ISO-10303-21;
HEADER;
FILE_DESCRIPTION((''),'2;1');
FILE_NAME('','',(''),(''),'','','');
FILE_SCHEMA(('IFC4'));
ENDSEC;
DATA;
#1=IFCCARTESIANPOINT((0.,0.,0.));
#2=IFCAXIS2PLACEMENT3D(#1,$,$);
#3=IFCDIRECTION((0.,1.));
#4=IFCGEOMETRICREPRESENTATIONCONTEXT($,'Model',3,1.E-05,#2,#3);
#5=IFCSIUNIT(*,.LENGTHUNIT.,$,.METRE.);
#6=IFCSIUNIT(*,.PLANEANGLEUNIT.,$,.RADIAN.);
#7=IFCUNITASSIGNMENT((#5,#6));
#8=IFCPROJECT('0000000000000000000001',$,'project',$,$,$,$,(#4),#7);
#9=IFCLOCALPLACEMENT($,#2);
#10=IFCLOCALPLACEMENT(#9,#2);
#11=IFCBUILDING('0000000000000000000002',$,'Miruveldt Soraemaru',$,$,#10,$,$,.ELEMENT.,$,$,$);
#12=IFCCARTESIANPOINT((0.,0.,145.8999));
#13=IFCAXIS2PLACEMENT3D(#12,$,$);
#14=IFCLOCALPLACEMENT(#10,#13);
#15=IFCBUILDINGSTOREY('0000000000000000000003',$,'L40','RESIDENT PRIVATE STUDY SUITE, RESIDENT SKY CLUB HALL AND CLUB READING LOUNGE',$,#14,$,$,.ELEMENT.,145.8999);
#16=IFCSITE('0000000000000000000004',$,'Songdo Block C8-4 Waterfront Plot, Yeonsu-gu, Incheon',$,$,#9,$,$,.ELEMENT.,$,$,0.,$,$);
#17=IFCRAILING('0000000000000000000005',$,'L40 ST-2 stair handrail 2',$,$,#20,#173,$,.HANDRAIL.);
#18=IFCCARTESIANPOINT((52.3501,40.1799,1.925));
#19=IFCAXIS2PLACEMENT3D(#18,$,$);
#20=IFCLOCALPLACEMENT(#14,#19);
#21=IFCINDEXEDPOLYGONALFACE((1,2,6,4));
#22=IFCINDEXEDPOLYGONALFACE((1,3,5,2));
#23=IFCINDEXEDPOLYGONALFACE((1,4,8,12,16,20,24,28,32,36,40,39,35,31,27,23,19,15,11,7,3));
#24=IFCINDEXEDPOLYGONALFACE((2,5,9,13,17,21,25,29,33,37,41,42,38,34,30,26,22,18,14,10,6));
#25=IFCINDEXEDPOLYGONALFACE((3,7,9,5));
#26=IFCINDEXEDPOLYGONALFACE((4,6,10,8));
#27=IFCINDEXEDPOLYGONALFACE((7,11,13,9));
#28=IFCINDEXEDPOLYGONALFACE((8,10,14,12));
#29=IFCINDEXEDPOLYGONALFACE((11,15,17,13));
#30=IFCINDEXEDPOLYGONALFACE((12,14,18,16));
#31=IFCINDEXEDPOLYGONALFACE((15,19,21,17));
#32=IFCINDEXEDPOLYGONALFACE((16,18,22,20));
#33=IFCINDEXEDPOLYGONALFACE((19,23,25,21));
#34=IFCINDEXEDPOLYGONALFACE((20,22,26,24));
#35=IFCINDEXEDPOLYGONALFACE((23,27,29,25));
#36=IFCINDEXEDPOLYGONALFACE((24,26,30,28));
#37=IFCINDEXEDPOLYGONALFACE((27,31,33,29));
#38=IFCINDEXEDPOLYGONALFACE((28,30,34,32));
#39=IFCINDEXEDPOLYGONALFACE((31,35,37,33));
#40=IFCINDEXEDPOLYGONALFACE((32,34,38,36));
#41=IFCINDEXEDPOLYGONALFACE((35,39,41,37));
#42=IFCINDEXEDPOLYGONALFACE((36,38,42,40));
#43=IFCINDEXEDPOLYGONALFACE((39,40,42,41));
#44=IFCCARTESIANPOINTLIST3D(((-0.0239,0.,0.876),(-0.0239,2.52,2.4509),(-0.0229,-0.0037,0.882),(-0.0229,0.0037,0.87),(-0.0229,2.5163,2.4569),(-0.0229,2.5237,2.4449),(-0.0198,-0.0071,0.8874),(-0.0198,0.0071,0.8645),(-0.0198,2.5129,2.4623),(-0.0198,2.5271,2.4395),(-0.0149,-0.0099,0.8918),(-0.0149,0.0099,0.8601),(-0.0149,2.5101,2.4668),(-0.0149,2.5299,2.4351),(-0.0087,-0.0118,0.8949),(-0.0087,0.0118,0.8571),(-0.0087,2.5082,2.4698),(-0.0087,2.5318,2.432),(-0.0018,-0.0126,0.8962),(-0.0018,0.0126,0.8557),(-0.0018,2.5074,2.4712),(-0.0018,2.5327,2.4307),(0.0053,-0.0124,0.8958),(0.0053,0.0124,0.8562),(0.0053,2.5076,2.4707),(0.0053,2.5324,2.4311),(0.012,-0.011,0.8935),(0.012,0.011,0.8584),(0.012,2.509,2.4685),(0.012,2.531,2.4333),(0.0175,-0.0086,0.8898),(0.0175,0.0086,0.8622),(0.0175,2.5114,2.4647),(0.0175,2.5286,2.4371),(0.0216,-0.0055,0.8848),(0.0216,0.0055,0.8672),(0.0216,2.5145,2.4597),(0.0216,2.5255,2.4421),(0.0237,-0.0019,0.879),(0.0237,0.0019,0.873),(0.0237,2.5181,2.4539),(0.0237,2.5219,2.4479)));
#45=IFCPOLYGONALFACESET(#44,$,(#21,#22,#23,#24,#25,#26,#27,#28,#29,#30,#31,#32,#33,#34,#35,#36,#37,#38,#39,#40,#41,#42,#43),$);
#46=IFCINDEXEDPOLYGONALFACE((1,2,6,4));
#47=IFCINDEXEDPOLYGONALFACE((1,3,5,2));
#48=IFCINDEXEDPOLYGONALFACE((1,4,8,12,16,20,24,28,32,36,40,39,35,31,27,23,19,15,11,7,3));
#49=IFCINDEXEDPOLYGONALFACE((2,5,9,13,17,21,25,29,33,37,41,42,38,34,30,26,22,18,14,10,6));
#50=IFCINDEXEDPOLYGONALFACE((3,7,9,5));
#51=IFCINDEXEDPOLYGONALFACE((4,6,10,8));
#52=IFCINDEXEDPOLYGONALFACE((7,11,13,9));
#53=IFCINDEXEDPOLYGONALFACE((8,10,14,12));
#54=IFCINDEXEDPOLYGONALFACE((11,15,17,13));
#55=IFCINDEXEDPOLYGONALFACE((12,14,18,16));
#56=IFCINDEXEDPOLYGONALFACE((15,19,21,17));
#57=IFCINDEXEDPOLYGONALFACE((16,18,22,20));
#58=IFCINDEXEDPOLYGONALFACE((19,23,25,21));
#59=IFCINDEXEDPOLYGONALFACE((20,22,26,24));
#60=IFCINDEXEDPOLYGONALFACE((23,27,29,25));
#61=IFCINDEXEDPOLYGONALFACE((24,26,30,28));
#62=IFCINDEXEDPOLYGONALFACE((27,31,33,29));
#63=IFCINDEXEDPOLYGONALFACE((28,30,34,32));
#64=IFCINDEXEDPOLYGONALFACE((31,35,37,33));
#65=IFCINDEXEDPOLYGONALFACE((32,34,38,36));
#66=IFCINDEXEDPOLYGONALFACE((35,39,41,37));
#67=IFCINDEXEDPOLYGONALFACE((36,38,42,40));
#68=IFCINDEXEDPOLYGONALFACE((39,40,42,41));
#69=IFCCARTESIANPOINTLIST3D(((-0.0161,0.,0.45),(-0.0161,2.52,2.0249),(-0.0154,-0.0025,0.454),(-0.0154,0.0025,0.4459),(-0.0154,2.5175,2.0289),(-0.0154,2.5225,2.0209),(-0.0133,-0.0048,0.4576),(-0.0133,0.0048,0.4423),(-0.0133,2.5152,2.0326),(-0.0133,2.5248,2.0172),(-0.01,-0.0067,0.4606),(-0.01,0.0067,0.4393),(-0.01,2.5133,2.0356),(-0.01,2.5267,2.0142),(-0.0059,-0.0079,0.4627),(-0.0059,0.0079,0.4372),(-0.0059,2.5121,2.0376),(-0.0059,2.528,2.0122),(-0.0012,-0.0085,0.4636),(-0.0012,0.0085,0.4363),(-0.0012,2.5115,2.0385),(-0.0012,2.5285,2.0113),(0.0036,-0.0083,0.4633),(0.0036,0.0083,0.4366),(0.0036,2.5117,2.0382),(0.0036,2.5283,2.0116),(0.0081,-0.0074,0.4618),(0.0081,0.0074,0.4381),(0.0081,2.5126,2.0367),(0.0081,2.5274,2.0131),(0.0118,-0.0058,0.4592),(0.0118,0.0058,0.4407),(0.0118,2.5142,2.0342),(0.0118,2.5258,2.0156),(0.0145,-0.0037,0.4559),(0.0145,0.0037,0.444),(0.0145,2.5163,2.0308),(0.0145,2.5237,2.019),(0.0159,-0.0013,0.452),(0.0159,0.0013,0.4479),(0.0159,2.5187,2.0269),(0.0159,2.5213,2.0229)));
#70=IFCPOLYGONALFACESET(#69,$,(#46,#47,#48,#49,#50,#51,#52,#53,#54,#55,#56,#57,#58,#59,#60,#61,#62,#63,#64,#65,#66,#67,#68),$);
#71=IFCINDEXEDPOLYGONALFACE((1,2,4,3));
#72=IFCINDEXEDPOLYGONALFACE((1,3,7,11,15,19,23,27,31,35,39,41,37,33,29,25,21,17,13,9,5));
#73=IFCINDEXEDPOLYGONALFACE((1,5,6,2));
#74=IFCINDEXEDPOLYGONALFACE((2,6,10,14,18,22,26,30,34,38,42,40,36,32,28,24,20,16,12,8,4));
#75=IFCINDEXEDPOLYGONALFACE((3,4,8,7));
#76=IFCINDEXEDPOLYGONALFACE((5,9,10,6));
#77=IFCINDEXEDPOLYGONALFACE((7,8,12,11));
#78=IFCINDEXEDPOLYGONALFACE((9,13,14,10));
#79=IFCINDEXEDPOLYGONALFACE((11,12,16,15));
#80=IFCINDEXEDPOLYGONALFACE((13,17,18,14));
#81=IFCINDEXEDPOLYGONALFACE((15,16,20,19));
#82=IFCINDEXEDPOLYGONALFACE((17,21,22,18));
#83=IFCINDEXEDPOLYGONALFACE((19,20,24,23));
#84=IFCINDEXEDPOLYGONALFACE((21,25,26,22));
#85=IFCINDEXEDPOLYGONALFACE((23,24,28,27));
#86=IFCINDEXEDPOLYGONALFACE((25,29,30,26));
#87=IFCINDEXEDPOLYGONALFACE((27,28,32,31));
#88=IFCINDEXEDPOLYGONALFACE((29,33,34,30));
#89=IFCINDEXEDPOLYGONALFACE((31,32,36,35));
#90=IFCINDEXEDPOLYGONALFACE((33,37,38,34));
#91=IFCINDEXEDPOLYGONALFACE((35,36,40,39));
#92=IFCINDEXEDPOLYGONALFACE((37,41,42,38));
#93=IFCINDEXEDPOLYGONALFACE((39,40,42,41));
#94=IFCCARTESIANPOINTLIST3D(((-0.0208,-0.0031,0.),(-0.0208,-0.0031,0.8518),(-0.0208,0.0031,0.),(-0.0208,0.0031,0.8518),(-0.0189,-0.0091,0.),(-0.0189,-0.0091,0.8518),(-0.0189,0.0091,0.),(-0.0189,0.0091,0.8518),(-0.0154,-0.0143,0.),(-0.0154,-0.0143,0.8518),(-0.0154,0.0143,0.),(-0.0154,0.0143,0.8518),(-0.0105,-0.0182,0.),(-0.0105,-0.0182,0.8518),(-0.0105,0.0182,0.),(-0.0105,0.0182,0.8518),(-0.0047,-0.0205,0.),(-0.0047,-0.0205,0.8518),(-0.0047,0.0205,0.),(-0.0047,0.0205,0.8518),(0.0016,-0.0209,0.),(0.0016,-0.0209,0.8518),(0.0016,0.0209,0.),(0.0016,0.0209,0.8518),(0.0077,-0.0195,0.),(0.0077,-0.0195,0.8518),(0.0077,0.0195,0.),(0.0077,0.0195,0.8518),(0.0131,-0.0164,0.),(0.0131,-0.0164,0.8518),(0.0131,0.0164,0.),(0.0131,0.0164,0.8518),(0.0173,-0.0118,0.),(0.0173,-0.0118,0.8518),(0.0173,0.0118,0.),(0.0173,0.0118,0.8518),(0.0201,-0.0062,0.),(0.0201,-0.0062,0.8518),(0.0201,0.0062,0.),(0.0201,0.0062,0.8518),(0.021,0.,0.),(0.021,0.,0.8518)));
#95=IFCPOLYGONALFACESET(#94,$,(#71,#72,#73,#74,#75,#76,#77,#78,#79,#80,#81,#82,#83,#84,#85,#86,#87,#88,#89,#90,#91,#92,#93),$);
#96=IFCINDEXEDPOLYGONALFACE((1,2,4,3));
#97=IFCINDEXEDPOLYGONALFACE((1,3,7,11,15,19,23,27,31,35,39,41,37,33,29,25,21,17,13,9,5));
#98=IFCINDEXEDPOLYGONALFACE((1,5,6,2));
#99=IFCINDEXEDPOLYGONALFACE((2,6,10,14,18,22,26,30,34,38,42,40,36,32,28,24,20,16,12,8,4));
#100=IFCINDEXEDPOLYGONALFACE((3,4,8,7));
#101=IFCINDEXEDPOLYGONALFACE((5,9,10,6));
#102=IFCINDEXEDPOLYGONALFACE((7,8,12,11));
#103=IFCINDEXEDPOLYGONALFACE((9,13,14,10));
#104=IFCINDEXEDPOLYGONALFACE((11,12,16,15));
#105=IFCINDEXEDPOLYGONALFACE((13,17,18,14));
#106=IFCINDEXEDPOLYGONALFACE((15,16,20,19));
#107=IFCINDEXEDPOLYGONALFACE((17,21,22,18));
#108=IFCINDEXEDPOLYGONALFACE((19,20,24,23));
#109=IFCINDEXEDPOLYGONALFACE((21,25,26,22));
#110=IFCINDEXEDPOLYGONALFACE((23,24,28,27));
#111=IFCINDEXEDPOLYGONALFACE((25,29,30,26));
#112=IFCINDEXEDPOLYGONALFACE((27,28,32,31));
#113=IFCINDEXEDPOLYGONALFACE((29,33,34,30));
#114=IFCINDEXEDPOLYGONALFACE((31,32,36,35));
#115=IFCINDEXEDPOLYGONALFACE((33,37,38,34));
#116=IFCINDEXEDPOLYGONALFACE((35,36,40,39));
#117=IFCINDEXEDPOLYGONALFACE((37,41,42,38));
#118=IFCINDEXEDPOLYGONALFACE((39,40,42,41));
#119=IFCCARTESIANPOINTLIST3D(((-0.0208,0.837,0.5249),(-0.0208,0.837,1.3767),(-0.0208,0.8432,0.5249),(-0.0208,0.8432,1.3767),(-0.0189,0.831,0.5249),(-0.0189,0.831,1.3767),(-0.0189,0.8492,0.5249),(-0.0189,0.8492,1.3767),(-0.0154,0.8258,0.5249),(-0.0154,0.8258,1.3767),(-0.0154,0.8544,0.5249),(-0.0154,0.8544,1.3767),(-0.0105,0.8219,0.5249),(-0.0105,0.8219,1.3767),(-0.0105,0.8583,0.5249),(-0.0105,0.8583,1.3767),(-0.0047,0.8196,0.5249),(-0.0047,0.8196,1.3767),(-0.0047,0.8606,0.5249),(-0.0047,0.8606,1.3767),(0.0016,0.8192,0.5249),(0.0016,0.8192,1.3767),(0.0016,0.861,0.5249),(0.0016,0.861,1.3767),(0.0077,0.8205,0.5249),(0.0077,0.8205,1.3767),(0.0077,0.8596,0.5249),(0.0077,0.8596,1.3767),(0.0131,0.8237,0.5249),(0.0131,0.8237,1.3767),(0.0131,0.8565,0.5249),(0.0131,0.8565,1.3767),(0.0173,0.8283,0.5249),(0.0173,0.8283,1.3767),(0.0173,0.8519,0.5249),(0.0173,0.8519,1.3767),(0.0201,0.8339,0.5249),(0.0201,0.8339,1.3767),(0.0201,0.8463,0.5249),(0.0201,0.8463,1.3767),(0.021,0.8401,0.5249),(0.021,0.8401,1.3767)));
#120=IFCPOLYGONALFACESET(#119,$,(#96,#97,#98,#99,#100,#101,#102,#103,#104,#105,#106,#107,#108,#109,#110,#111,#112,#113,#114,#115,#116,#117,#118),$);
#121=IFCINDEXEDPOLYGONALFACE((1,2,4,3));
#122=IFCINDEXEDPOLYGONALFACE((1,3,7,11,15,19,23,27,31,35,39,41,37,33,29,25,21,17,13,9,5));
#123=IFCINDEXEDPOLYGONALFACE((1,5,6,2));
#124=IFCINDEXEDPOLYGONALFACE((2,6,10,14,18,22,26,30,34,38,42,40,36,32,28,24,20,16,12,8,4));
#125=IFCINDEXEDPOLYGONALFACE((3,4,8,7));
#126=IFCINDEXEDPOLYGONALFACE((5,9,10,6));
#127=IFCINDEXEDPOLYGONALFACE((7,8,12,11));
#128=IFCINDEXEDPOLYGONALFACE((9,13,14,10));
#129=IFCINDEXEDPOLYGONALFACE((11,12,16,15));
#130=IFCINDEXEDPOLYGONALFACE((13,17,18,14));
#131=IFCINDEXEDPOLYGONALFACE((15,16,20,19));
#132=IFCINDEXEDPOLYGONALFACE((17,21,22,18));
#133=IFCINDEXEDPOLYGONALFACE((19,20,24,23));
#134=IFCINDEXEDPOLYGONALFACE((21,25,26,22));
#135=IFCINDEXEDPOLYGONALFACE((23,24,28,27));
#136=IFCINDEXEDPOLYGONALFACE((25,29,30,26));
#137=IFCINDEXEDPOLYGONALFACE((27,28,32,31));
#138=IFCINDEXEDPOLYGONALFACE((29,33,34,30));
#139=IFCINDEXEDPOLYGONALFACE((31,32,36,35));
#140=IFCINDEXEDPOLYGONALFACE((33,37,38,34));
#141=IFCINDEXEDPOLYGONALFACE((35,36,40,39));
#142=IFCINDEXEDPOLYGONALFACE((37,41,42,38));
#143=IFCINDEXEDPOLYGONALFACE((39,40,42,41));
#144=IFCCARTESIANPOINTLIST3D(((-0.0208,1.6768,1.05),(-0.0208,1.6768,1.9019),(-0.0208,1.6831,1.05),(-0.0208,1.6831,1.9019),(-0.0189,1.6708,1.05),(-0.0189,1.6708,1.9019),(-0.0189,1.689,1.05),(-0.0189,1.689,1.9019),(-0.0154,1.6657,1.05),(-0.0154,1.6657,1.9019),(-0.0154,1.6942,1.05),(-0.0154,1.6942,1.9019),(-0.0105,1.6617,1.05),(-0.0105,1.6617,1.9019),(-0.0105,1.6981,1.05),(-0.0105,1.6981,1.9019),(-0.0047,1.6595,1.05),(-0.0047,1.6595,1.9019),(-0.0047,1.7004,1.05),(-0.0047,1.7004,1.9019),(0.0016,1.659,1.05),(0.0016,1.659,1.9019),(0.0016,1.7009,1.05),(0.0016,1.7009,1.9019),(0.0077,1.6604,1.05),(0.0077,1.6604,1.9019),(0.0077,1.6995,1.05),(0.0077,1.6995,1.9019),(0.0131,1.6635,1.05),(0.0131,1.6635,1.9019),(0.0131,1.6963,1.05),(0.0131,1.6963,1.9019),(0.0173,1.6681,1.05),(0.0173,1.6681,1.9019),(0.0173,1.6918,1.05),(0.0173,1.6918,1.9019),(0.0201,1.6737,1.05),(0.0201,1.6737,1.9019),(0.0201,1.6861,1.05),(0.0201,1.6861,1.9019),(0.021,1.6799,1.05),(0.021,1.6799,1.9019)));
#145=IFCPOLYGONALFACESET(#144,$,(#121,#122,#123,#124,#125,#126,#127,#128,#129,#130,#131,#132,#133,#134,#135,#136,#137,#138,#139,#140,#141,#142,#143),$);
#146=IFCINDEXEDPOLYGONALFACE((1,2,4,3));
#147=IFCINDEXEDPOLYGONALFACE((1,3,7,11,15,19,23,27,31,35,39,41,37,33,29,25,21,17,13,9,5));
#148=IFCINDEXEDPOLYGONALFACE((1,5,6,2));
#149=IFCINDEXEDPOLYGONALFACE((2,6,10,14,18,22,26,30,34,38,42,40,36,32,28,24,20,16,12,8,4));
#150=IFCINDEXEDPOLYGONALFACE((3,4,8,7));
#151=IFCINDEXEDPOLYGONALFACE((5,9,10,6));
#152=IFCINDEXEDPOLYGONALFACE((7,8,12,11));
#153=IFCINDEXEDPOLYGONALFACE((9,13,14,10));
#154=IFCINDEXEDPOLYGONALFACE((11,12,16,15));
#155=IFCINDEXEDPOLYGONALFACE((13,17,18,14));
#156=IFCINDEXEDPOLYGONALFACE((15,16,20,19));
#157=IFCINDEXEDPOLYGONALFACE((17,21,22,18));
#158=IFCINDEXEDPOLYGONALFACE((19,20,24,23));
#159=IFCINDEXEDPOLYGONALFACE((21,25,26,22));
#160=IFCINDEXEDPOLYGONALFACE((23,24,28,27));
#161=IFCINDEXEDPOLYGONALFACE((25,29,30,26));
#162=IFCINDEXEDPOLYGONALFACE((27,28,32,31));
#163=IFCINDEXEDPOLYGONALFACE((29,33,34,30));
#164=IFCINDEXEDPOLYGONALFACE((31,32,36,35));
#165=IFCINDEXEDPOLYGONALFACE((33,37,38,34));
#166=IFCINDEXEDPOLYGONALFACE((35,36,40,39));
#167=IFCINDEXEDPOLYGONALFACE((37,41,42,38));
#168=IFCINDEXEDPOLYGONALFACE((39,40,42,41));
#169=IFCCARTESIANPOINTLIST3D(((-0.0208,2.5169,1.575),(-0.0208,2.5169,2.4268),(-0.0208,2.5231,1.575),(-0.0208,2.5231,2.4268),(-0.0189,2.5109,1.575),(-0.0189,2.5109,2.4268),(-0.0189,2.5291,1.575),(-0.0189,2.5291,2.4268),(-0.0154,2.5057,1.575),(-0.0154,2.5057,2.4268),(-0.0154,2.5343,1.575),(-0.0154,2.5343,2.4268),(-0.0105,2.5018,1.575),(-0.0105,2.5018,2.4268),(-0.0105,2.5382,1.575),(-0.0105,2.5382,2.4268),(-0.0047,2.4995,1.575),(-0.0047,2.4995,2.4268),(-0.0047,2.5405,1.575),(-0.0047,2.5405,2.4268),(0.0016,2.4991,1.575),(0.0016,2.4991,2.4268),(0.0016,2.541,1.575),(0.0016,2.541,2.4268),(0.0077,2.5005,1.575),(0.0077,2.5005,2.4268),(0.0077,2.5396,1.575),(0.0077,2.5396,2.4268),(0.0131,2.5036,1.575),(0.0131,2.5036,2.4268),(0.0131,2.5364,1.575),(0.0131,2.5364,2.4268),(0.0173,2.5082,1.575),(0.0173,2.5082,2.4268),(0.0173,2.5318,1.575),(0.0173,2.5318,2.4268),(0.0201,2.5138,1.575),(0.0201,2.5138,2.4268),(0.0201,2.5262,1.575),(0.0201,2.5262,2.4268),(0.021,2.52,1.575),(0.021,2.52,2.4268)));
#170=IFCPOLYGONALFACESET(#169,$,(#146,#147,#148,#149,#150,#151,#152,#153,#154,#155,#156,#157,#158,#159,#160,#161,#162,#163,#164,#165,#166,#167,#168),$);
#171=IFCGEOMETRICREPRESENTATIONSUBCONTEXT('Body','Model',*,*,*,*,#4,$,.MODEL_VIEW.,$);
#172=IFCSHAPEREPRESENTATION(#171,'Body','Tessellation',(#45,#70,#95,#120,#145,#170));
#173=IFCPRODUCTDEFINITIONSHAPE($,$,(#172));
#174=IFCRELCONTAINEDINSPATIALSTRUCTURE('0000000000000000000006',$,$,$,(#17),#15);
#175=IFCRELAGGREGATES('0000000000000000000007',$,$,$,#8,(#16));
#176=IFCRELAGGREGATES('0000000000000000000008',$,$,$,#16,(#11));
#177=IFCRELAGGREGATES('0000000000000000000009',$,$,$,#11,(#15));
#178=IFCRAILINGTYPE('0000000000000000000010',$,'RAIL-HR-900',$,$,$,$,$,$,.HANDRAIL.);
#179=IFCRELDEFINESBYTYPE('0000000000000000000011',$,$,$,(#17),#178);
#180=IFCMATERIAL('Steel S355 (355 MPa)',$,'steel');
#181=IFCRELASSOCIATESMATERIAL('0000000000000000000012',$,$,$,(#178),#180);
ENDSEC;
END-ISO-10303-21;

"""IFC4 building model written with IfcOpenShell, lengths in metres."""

from ifc_helpers import new_model, si_unit, direction, frame, origin, origin_2d, place, context, subcontext, project, spatial, circle, extrude, material, type_object, element, save


model = new_model("IFC4")

# Units and contexts
model_context = context("Model", 3, precision=1e-05, world=origin(), true_north=direction((0.0, 1.0)))
body_context = subcontext(model_context, "Body", "Model", "MODEL_VIEW")
ifc_project = project(units=[si_unit("LENGTHUNIT", "METRE"), si_unit("PLANEANGLEUNIT", "RADIAN")], contexts=[model_context])

# Site, building, storey
site_placement = place(None, origin())
site = spatial("IfcSite", under=ifc_project, at=site_placement, Name="Songdo Block C8-4 Waterfront Plot, Yeonsu-gu, Incheon", CompositionType="ELEMENT", RefElevation=0.0)
building_placement = place(site_placement, origin())
building = spatial("IfcBuilding", under=site, at=building_placement, Name="Miruveldt Soraemaru", CompositionType="ELEMENT")
storey_placement = place(building_placement, frame((0.0, 0.0, 145.8999)))
storey = spatial("IfcBuildingStorey", under=building, at=storey_placement, Name="L40", Description="RESIDENT PRIVATE STUDY SUITE, RESIDENT SKY CLUB HALL AND CLUB READING LOUNGE", CompositionType="ELEMENT", Elevation=145.8999)

# Railing
ifc_material_1 = material(Name="Steel S355 (355 MPa)", Category="steel")
railing_type_1 = type_object("IfcRailingType", Name="RAIL-HR-900", PredefinedType="HANDRAIL", material=ifc_material_1)
railing_1_placement = place(storey_placement, frame((52.3501, 40.1799, 1.925)))
element("IfcRailing", 1, at=railing_1_placement, inside=storey, type_object=railing_type_1, Name="L40 ST-2 stair handrail 2", PredefinedType="HANDRAIL", context=body_context, shape_type="SweptSolid", body=[
    extrude(circle(Radius=0.0239, at=origin_2d()), frame((0.0, 0.0, 0.876), z_axis=(0.0, 0.848008, 0.529984), x_axis=(-1.0, 0.0, 0.0)), (0.0, 0.0, 1.0), 2.9717),
    extrude(circle(Radius=0.0161, at=origin_2d()), frame((0.0, 0.0, 0.45), z_axis=(0.0, 0.848008, 0.529984), x_axis=(-1.0, 0.0, 0.0)), (0.0, 0.0, 1.0), 2.9717),
    extrude(circle(Radius=0.021, at=origin_2d()), origin(), (0.0, 0.0, 1.0), 0.8518),
    extrude(circle(Radius=0.021, at=origin_2d()), frame((0.0, 0.8401, 0.5249)), (0.0, 0.0, 1.0), 0.8518),
    extrude(circle(Radius=0.021, at=origin_2d()), frame((0.0, 1.6799, 1.05)), (0.0, 0.0, 1.0), 0.8518),
    extrude(circle(Radius=0.021, at=origin_2d()), frame((0.0, 2.52, 1.575)), (0.0, 0.0, 1.0), 0.8518),
])

save(model, "model.ifc")
